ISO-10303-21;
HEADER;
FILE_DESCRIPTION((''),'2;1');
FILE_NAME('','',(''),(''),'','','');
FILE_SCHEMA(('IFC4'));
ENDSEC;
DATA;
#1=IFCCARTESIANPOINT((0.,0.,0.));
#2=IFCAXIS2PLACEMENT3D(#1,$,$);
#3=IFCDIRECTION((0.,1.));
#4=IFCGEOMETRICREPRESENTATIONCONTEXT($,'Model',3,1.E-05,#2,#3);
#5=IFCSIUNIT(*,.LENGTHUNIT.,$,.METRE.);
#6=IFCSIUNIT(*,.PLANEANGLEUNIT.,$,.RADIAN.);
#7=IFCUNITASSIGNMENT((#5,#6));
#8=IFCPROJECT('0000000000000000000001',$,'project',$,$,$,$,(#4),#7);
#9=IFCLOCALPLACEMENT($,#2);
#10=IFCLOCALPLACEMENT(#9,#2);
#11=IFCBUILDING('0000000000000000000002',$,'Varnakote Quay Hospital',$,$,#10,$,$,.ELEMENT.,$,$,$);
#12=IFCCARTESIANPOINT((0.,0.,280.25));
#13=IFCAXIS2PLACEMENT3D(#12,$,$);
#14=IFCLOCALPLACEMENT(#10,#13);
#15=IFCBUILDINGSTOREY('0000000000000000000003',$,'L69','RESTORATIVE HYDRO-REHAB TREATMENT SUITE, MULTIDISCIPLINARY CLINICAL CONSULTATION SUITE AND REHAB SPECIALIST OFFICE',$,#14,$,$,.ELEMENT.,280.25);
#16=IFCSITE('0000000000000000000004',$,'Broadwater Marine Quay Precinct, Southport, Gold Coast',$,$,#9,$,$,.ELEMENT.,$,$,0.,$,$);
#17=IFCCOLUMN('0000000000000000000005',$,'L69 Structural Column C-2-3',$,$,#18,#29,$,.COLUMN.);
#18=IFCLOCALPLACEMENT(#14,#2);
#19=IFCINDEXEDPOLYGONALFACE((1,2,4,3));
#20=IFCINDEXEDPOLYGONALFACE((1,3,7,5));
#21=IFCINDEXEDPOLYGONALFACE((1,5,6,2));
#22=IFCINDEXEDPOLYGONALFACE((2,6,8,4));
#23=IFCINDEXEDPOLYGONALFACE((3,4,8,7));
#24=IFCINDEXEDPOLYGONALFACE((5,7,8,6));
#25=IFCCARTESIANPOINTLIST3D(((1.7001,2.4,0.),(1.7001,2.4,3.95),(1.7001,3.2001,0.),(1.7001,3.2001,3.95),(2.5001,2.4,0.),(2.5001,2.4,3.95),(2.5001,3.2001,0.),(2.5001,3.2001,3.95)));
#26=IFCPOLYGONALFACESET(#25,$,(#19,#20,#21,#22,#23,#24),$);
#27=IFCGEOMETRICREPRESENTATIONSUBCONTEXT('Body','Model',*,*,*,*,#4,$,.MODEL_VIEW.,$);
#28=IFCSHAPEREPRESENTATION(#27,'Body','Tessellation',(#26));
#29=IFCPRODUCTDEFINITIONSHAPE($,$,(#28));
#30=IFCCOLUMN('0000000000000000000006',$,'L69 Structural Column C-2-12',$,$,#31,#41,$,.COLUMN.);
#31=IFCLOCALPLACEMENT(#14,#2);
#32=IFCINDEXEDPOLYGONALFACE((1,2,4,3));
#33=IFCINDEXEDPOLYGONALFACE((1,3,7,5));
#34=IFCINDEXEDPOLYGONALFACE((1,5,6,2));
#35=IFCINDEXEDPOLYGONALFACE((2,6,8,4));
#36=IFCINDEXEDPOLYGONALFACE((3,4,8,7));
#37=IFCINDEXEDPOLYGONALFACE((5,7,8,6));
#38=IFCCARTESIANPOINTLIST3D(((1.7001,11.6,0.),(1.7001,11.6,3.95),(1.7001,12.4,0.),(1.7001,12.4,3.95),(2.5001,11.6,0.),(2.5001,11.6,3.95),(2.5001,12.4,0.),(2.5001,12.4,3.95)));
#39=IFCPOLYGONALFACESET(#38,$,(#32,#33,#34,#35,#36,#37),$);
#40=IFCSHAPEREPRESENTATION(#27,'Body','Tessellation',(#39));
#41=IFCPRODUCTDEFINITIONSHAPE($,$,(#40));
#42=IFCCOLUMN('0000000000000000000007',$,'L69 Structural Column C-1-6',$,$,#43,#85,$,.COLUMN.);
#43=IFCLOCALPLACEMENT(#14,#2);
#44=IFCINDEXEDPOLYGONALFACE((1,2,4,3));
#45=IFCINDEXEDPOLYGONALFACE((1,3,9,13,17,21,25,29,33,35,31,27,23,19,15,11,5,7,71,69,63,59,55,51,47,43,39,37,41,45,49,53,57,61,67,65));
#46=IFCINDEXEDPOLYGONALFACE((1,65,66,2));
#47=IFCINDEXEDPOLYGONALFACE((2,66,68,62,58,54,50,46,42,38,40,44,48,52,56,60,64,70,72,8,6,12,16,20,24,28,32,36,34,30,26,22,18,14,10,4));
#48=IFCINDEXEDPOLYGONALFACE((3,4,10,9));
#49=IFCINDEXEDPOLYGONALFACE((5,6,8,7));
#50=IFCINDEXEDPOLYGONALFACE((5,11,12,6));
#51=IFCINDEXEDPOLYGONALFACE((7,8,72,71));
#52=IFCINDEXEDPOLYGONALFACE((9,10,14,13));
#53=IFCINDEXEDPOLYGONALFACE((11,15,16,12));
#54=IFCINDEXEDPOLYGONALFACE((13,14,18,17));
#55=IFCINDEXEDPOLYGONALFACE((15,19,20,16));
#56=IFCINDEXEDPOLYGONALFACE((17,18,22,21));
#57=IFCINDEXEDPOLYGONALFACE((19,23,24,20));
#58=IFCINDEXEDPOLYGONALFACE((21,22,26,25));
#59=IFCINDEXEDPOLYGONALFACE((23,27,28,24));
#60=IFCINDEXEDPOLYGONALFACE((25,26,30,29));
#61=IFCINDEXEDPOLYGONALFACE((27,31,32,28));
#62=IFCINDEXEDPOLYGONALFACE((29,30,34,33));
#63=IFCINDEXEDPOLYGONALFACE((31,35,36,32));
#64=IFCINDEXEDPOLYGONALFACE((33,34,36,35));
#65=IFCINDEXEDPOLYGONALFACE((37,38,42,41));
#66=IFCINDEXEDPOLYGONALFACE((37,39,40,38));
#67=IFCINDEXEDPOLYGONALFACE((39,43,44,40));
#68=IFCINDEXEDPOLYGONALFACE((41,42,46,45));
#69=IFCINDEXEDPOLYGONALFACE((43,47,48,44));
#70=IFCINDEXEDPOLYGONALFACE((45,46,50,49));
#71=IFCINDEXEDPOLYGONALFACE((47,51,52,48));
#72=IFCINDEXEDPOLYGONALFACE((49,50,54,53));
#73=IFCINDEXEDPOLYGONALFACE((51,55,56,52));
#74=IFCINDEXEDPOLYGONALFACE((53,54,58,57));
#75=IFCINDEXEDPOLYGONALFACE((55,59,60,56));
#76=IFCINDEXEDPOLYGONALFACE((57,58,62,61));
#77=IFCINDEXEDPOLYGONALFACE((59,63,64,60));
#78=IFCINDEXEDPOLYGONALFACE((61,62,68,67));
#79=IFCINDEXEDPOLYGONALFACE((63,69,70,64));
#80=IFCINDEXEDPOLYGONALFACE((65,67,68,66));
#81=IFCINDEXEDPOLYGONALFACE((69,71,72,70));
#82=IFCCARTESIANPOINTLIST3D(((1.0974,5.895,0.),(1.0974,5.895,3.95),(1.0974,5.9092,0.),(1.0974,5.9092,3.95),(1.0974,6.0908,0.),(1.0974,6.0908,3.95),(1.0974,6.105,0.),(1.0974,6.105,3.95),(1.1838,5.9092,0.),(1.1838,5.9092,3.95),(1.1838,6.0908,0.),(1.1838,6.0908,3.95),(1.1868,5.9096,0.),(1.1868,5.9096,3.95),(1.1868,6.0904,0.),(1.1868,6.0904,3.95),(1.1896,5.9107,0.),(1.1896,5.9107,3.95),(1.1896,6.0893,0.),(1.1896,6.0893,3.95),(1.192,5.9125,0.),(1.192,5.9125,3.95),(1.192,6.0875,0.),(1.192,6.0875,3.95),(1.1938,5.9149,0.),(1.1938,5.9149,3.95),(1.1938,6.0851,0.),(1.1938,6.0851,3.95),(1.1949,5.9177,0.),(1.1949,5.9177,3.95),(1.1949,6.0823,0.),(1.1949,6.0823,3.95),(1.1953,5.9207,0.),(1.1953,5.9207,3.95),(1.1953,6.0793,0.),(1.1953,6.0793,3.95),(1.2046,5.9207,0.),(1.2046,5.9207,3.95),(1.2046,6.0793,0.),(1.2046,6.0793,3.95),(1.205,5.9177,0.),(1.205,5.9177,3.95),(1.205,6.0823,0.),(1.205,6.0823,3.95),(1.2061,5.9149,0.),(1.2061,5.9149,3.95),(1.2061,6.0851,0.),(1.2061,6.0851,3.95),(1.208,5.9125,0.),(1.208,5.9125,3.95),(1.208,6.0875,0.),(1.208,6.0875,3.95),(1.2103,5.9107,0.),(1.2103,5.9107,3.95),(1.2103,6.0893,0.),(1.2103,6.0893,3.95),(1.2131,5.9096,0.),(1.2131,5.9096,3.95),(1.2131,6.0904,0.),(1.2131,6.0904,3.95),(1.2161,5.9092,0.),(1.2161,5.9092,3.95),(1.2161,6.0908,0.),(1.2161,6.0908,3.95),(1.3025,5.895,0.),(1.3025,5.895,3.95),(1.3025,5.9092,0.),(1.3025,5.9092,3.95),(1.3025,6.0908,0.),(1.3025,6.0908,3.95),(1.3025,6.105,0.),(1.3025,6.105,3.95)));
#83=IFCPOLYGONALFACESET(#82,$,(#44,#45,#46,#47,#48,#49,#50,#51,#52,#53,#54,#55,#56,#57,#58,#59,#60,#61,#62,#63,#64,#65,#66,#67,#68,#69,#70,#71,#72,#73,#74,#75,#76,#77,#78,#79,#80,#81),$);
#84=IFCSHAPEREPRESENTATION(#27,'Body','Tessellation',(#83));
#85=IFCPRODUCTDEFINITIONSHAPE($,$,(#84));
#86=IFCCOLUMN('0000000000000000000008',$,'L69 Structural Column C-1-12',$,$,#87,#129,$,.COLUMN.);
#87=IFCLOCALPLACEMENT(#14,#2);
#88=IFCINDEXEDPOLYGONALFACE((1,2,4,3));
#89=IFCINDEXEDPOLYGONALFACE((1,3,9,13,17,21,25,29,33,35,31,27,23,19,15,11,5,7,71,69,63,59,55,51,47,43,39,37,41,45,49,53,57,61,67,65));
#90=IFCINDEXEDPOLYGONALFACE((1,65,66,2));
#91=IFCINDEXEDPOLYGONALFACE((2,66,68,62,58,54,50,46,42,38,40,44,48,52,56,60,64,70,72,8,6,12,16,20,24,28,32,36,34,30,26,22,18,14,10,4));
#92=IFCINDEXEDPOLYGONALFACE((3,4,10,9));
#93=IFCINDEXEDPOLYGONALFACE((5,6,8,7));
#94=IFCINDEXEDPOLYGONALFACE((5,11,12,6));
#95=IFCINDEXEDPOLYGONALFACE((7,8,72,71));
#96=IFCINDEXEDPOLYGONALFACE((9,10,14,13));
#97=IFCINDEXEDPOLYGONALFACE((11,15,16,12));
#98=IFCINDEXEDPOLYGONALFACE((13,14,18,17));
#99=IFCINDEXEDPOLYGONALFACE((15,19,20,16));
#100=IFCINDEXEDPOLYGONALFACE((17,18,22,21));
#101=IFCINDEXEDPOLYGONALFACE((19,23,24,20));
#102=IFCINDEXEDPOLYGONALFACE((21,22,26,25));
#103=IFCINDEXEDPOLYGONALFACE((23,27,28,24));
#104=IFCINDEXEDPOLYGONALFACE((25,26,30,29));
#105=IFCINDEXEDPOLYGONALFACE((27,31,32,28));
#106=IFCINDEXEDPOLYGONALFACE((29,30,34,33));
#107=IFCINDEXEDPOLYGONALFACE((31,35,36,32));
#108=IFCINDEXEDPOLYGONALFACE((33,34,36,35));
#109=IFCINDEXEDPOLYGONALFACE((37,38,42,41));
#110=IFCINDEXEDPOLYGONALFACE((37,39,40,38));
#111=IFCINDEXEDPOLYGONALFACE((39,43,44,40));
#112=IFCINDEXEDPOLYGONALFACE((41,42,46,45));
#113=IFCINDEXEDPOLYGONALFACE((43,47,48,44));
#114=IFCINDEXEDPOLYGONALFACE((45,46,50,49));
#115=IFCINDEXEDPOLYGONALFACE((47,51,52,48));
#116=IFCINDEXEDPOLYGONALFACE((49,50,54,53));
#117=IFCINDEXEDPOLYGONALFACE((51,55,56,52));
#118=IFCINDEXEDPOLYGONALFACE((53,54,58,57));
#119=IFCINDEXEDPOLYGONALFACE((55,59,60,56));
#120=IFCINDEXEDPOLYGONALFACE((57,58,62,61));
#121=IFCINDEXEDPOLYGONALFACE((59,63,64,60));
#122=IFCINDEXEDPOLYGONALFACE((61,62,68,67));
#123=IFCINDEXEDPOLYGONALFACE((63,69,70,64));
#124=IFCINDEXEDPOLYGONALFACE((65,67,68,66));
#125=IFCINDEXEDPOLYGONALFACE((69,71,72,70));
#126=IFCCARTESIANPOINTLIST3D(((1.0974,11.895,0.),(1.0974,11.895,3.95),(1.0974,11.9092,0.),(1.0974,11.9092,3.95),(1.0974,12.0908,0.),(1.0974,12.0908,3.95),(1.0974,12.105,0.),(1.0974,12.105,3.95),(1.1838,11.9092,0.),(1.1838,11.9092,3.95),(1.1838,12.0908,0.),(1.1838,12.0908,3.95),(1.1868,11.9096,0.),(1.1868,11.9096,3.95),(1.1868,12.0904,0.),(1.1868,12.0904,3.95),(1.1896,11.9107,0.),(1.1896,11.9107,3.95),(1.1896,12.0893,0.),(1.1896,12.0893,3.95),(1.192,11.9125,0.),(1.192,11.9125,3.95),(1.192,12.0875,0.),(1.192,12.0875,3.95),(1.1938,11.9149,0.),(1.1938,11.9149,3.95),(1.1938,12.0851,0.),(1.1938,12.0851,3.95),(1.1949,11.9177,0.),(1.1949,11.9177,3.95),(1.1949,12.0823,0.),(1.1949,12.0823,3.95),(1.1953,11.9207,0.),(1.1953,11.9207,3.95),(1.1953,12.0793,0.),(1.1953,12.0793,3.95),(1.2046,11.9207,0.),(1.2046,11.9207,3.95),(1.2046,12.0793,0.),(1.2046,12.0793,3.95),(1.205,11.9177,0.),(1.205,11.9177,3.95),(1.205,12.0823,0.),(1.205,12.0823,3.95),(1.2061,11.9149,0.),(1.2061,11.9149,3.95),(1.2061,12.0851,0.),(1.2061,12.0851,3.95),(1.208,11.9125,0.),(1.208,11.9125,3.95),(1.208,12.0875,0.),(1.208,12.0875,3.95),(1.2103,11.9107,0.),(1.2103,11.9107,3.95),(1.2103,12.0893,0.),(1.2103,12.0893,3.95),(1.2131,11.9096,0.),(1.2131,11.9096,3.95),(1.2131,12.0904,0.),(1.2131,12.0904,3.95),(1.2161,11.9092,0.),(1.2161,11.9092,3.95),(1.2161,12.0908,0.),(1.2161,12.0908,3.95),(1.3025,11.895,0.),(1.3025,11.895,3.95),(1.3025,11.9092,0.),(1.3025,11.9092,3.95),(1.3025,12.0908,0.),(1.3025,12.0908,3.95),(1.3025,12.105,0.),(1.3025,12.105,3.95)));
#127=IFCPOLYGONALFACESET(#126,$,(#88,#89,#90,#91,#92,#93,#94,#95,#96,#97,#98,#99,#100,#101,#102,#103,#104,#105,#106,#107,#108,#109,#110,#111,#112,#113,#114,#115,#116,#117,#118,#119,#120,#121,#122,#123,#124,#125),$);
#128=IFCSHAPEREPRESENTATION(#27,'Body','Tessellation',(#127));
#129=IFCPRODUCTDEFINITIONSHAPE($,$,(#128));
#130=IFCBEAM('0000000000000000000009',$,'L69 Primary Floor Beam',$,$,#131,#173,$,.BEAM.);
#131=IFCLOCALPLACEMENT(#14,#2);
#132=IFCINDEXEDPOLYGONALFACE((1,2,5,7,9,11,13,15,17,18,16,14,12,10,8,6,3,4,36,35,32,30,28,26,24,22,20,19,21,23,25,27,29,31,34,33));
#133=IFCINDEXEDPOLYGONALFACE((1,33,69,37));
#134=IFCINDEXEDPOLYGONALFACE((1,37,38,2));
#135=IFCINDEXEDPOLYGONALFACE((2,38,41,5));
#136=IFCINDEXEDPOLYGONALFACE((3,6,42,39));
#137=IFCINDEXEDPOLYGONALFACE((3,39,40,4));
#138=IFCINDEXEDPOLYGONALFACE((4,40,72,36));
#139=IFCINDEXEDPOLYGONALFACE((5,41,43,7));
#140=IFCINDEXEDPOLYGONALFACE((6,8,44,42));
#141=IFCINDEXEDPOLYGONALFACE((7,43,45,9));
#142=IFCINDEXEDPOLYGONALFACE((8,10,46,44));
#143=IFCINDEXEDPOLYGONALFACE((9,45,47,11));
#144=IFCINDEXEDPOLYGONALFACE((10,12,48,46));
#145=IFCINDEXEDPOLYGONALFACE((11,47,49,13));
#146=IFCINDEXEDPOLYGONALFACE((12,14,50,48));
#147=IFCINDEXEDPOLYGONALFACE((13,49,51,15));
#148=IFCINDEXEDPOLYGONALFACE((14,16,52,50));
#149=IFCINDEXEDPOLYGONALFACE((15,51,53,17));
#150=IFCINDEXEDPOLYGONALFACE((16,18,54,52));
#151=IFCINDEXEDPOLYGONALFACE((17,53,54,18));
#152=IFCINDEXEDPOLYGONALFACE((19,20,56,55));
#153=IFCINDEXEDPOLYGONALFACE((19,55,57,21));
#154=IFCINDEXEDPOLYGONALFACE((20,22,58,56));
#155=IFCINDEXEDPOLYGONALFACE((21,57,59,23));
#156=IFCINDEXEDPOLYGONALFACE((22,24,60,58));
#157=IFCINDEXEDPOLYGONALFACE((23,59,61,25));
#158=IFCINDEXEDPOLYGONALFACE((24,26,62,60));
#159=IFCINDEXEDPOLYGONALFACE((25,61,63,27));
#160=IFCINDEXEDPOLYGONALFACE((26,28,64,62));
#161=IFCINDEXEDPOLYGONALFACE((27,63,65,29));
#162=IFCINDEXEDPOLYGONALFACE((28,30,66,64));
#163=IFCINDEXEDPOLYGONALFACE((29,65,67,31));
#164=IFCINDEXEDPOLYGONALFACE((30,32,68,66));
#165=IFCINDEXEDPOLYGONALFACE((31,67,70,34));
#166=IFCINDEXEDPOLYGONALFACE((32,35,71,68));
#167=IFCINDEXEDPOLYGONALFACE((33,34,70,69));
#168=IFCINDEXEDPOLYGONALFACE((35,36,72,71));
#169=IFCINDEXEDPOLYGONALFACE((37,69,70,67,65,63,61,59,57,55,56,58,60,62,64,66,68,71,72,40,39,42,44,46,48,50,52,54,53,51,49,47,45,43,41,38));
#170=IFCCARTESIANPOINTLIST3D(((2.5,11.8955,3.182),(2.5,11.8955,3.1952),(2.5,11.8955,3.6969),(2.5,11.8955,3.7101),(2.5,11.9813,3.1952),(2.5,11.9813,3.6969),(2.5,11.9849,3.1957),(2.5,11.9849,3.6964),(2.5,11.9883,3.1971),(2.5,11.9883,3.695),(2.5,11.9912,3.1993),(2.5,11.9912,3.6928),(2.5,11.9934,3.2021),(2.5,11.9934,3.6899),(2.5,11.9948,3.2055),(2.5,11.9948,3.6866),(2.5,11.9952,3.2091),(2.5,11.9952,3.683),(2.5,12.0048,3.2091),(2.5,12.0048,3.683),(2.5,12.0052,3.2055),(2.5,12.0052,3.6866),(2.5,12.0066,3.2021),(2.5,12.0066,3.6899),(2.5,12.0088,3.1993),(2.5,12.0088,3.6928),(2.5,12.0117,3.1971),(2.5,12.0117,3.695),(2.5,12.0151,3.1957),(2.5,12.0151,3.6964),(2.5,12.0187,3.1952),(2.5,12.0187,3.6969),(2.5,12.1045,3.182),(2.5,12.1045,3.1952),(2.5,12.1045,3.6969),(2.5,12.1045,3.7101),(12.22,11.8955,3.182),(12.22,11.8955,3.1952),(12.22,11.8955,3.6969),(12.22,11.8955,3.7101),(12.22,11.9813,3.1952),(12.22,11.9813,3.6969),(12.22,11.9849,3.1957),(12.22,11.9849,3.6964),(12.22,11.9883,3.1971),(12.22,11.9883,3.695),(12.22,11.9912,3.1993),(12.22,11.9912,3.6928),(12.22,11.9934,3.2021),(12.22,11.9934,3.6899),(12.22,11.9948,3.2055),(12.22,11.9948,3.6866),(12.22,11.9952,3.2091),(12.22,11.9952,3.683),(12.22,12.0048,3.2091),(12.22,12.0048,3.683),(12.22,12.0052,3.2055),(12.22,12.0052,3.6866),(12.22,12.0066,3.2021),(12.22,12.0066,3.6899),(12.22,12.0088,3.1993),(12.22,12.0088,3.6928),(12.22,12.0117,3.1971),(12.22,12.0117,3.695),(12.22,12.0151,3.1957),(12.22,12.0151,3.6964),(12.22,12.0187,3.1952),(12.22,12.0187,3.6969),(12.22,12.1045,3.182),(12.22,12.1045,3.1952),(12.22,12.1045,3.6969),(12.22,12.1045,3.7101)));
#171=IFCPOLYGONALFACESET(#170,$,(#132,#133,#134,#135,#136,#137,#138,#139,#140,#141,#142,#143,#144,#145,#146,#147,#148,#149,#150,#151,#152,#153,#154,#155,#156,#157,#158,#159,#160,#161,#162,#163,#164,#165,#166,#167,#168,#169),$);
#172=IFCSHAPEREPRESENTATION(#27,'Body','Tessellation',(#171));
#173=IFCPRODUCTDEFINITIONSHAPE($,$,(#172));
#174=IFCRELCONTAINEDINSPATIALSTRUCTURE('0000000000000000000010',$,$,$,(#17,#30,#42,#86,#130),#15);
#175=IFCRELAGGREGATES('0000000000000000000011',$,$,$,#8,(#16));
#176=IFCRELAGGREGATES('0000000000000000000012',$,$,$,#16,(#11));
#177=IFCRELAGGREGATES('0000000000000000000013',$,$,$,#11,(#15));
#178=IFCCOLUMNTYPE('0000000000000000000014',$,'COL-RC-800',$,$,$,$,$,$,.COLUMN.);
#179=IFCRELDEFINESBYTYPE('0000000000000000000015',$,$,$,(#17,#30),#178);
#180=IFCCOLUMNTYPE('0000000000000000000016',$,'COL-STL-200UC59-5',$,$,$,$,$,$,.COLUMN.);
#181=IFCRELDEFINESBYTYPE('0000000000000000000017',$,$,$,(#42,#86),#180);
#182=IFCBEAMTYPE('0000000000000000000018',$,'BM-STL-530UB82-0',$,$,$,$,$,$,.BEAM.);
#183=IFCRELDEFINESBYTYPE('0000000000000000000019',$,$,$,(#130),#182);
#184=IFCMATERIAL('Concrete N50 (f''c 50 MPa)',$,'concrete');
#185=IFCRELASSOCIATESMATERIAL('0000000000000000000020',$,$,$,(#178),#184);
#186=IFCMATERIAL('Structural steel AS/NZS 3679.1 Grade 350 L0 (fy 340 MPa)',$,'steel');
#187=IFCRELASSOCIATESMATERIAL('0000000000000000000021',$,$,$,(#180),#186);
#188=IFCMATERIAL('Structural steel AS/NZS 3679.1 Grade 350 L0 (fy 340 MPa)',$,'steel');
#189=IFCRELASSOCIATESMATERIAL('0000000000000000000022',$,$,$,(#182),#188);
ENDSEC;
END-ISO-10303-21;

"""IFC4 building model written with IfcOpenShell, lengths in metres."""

from ifc_helpers import new_model, si_unit, direction, frame, origin, origin_2d, place, context, subcontext, project, spatial, rectangle, i_section, extrude, material, material_profile, profile_set, type_object, element, save


model = new_model("IFC4")

# Units and contexts
model_context = context("Model", 3, precision=1e-05, world=origin(), true_north=direction((0.0, 1.0)))
body_context = subcontext(model_context, "Body", "Model", "MODEL_VIEW")
ifc_project = project(units=[si_unit("LENGTHUNIT", "METRE"), si_unit("PLANEANGLEUNIT", "RADIAN")], contexts=[model_context])

# Site, building, storey
site_placement = place(None, origin())
site = spatial("IfcSite", under=ifc_project, at=site_placement, Name="Broadwater Marine Quay Precinct, Southport, Gold Coast", CompositionType="ELEMENT", RefElevation=0.0)
building_placement = place(site_placement, origin())
building = spatial("IfcBuilding", under=site, at=building_placement, Name="Varnakote Quay Hospital", CompositionType="ELEMENT")
storey_placement = place(building_placement, frame((0.0, 0.0, 280.25)))
storey = spatial("IfcBuildingStorey", under=building, at=storey_placement, Name="L69", Description="RESTORATIVE HYDRO-REHAB TREATMENT SUITE, MULTIDISCIPLINARY CLINICAL CONSULTATION SUITE AND REHAB SPECIALIST OFFICE", CompositionType="ELEMENT", Elevation=280.25)

# Columns
ifc_material_1 = material(Name="Concrete N50 (f'c 50 MPa)", Category="concrete")
ifc_material_profile_1 = material_profile(ifc_material_1, rectangle(XDim=0.8, YDim=0.8, at=origin_2d()), Name="RC-COL-800x800")
ifc_profile_set_1 = profile_set([ifc_material_profile_1], Name="Concrete N50 (f'c 50 MPa)")
column_type_1 = type_object("IfcColumnType", Name="COL-RC-800", PredefinedType="COLUMN", material=ifc_profile_set_1)
for number, where, z_axis, x_axis, name in (
    (1, (2.1001, 2.8, 0.0), (0.0, 0.0, 1.0), (1.0, 0.0, 0.0), "L69 Structural Column C-2-3"),
    (2, (2.1001, 12.0, 0.0), (0.0, 0.0, 1.0), (1.0, 0.0, 0.0), "L69 Structural Column C-2-12"),
):
    element("IfcColumn", number, at=place(storey_placement, frame(where, z_axis=z_axis, x_axis=x_axis)), inside=storey, type_object=column_type_1, Name=name, PredefinedType="COLUMN", context=body_context, shape_type="SweptSolid", body=[
        extrude(rectangle(XDim=0.8, YDim=0.8, at=origin_2d()), origin(), (0.0, 0.0, 1.0), 3.95),
    ])
ifc_material_2 = material(Name="Structural steel AS/NZS 3679.1 Grade 350 L0 (fy 340 MPa)", Category="steel")
ifc_material_profile_2 = material_profile(ifc_material_2, i_section(OverallWidth=0.2051, OverallDepth=0.21, WebThickness=0.0093, FlangeThickness=0.0142, FilletRadius=0.0115, at=origin_2d()), Name="200UC59.5")
ifc_profile_set_2 = profile_set([ifc_material_profile_2], Name="Structural steel AS/NZS 3679.1 Grade 350 L0 (fy 340 MPa)")
column_type_2 = type_object("IfcColumnType", Name="COL-STL-200UC59-5", PredefinedType="COLUMN", material=ifc_profile_set_2)
for number, where, z_axis, x_axis, name in (
    (3, (1.2, 6.0, 0.0), (0.0, 0.0, 1.0), (1.0, 0.0, 0.0), "L69 Structural Column C-1-6"),
    (4, (1.2, 12.0, 0.0), (0.0, 0.0, 1.0), (1.0, 0.0, 0.0), "L69 Structural Column C-1-12"),
):
    element("IfcColumn", number, at=place(storey_placement, frame(where, z_axis=z_axis, x_axis=x_axis)), inside=storey, type_object=column_type_2, Name=name, PredefinedType="COLUMN", context=body_context, shape_type="SweptSolid", body=[
        extrude(i_section(OverallWidth=0.2051, OverallDepth=0.21, WebThickness=0.0093, FlangeThickness=0.0142, FilletRadius=0.0115, at=origin_2d()), origin(), (0.0, 0.0, 1.0), 3.95),
    ])

# Beam
ifc_material_3 = material(Name="Structural steel AS/NZS 3679.1 Grade 350 L0 (fy 340 MPa)", Category="steel")
ifc_material_profile_3 = material_profile(ifc_material_3, i_section(OverallWidth=0.209, OverallDepth=0.5281, WebThickness=0.0095, FlangeThickness=0.0132, FilletRadius=0.0139, at=origin_2d()), Name="530UB82.0")
ifc_profile_set_3 = profile_set([ifc_material_profile_3], Name="Structural steel AS/NZS 3679.1 Grade 350 L0 (fy 340 MPa)")
beam_type_1 = type_object("IfcBeamType", Name="BM-STL-530UB82-0", PredefinedType="BEAM", material=ifc_profile_set_3)
beam_1_placement = place(storey_placement, frame((2.5, 12.0, 3.446), z_axis=(1.0, 0.0, 0.0), x_axis=(0.0, 1.0, 0.0)))
element("IfcBeam", 5, at=beam_1_placement, inside=storey, type_object=beam_type_1, Name="L69 Primary Floor Beam", PredefinedType="BEAM", context=body_context, shape_type="SweptSolid", body=[
    extrude(i_section(OverallWidth=0.209, OverallDepth=0.5281, WebThickness=0.0095, FlangeThickness=0.0132, FilletRadius=0.0139, at=origin_2d()), origin(), (0.0, 0.0, 1.0), 9.72),
])

save(model, "model.ifc")
